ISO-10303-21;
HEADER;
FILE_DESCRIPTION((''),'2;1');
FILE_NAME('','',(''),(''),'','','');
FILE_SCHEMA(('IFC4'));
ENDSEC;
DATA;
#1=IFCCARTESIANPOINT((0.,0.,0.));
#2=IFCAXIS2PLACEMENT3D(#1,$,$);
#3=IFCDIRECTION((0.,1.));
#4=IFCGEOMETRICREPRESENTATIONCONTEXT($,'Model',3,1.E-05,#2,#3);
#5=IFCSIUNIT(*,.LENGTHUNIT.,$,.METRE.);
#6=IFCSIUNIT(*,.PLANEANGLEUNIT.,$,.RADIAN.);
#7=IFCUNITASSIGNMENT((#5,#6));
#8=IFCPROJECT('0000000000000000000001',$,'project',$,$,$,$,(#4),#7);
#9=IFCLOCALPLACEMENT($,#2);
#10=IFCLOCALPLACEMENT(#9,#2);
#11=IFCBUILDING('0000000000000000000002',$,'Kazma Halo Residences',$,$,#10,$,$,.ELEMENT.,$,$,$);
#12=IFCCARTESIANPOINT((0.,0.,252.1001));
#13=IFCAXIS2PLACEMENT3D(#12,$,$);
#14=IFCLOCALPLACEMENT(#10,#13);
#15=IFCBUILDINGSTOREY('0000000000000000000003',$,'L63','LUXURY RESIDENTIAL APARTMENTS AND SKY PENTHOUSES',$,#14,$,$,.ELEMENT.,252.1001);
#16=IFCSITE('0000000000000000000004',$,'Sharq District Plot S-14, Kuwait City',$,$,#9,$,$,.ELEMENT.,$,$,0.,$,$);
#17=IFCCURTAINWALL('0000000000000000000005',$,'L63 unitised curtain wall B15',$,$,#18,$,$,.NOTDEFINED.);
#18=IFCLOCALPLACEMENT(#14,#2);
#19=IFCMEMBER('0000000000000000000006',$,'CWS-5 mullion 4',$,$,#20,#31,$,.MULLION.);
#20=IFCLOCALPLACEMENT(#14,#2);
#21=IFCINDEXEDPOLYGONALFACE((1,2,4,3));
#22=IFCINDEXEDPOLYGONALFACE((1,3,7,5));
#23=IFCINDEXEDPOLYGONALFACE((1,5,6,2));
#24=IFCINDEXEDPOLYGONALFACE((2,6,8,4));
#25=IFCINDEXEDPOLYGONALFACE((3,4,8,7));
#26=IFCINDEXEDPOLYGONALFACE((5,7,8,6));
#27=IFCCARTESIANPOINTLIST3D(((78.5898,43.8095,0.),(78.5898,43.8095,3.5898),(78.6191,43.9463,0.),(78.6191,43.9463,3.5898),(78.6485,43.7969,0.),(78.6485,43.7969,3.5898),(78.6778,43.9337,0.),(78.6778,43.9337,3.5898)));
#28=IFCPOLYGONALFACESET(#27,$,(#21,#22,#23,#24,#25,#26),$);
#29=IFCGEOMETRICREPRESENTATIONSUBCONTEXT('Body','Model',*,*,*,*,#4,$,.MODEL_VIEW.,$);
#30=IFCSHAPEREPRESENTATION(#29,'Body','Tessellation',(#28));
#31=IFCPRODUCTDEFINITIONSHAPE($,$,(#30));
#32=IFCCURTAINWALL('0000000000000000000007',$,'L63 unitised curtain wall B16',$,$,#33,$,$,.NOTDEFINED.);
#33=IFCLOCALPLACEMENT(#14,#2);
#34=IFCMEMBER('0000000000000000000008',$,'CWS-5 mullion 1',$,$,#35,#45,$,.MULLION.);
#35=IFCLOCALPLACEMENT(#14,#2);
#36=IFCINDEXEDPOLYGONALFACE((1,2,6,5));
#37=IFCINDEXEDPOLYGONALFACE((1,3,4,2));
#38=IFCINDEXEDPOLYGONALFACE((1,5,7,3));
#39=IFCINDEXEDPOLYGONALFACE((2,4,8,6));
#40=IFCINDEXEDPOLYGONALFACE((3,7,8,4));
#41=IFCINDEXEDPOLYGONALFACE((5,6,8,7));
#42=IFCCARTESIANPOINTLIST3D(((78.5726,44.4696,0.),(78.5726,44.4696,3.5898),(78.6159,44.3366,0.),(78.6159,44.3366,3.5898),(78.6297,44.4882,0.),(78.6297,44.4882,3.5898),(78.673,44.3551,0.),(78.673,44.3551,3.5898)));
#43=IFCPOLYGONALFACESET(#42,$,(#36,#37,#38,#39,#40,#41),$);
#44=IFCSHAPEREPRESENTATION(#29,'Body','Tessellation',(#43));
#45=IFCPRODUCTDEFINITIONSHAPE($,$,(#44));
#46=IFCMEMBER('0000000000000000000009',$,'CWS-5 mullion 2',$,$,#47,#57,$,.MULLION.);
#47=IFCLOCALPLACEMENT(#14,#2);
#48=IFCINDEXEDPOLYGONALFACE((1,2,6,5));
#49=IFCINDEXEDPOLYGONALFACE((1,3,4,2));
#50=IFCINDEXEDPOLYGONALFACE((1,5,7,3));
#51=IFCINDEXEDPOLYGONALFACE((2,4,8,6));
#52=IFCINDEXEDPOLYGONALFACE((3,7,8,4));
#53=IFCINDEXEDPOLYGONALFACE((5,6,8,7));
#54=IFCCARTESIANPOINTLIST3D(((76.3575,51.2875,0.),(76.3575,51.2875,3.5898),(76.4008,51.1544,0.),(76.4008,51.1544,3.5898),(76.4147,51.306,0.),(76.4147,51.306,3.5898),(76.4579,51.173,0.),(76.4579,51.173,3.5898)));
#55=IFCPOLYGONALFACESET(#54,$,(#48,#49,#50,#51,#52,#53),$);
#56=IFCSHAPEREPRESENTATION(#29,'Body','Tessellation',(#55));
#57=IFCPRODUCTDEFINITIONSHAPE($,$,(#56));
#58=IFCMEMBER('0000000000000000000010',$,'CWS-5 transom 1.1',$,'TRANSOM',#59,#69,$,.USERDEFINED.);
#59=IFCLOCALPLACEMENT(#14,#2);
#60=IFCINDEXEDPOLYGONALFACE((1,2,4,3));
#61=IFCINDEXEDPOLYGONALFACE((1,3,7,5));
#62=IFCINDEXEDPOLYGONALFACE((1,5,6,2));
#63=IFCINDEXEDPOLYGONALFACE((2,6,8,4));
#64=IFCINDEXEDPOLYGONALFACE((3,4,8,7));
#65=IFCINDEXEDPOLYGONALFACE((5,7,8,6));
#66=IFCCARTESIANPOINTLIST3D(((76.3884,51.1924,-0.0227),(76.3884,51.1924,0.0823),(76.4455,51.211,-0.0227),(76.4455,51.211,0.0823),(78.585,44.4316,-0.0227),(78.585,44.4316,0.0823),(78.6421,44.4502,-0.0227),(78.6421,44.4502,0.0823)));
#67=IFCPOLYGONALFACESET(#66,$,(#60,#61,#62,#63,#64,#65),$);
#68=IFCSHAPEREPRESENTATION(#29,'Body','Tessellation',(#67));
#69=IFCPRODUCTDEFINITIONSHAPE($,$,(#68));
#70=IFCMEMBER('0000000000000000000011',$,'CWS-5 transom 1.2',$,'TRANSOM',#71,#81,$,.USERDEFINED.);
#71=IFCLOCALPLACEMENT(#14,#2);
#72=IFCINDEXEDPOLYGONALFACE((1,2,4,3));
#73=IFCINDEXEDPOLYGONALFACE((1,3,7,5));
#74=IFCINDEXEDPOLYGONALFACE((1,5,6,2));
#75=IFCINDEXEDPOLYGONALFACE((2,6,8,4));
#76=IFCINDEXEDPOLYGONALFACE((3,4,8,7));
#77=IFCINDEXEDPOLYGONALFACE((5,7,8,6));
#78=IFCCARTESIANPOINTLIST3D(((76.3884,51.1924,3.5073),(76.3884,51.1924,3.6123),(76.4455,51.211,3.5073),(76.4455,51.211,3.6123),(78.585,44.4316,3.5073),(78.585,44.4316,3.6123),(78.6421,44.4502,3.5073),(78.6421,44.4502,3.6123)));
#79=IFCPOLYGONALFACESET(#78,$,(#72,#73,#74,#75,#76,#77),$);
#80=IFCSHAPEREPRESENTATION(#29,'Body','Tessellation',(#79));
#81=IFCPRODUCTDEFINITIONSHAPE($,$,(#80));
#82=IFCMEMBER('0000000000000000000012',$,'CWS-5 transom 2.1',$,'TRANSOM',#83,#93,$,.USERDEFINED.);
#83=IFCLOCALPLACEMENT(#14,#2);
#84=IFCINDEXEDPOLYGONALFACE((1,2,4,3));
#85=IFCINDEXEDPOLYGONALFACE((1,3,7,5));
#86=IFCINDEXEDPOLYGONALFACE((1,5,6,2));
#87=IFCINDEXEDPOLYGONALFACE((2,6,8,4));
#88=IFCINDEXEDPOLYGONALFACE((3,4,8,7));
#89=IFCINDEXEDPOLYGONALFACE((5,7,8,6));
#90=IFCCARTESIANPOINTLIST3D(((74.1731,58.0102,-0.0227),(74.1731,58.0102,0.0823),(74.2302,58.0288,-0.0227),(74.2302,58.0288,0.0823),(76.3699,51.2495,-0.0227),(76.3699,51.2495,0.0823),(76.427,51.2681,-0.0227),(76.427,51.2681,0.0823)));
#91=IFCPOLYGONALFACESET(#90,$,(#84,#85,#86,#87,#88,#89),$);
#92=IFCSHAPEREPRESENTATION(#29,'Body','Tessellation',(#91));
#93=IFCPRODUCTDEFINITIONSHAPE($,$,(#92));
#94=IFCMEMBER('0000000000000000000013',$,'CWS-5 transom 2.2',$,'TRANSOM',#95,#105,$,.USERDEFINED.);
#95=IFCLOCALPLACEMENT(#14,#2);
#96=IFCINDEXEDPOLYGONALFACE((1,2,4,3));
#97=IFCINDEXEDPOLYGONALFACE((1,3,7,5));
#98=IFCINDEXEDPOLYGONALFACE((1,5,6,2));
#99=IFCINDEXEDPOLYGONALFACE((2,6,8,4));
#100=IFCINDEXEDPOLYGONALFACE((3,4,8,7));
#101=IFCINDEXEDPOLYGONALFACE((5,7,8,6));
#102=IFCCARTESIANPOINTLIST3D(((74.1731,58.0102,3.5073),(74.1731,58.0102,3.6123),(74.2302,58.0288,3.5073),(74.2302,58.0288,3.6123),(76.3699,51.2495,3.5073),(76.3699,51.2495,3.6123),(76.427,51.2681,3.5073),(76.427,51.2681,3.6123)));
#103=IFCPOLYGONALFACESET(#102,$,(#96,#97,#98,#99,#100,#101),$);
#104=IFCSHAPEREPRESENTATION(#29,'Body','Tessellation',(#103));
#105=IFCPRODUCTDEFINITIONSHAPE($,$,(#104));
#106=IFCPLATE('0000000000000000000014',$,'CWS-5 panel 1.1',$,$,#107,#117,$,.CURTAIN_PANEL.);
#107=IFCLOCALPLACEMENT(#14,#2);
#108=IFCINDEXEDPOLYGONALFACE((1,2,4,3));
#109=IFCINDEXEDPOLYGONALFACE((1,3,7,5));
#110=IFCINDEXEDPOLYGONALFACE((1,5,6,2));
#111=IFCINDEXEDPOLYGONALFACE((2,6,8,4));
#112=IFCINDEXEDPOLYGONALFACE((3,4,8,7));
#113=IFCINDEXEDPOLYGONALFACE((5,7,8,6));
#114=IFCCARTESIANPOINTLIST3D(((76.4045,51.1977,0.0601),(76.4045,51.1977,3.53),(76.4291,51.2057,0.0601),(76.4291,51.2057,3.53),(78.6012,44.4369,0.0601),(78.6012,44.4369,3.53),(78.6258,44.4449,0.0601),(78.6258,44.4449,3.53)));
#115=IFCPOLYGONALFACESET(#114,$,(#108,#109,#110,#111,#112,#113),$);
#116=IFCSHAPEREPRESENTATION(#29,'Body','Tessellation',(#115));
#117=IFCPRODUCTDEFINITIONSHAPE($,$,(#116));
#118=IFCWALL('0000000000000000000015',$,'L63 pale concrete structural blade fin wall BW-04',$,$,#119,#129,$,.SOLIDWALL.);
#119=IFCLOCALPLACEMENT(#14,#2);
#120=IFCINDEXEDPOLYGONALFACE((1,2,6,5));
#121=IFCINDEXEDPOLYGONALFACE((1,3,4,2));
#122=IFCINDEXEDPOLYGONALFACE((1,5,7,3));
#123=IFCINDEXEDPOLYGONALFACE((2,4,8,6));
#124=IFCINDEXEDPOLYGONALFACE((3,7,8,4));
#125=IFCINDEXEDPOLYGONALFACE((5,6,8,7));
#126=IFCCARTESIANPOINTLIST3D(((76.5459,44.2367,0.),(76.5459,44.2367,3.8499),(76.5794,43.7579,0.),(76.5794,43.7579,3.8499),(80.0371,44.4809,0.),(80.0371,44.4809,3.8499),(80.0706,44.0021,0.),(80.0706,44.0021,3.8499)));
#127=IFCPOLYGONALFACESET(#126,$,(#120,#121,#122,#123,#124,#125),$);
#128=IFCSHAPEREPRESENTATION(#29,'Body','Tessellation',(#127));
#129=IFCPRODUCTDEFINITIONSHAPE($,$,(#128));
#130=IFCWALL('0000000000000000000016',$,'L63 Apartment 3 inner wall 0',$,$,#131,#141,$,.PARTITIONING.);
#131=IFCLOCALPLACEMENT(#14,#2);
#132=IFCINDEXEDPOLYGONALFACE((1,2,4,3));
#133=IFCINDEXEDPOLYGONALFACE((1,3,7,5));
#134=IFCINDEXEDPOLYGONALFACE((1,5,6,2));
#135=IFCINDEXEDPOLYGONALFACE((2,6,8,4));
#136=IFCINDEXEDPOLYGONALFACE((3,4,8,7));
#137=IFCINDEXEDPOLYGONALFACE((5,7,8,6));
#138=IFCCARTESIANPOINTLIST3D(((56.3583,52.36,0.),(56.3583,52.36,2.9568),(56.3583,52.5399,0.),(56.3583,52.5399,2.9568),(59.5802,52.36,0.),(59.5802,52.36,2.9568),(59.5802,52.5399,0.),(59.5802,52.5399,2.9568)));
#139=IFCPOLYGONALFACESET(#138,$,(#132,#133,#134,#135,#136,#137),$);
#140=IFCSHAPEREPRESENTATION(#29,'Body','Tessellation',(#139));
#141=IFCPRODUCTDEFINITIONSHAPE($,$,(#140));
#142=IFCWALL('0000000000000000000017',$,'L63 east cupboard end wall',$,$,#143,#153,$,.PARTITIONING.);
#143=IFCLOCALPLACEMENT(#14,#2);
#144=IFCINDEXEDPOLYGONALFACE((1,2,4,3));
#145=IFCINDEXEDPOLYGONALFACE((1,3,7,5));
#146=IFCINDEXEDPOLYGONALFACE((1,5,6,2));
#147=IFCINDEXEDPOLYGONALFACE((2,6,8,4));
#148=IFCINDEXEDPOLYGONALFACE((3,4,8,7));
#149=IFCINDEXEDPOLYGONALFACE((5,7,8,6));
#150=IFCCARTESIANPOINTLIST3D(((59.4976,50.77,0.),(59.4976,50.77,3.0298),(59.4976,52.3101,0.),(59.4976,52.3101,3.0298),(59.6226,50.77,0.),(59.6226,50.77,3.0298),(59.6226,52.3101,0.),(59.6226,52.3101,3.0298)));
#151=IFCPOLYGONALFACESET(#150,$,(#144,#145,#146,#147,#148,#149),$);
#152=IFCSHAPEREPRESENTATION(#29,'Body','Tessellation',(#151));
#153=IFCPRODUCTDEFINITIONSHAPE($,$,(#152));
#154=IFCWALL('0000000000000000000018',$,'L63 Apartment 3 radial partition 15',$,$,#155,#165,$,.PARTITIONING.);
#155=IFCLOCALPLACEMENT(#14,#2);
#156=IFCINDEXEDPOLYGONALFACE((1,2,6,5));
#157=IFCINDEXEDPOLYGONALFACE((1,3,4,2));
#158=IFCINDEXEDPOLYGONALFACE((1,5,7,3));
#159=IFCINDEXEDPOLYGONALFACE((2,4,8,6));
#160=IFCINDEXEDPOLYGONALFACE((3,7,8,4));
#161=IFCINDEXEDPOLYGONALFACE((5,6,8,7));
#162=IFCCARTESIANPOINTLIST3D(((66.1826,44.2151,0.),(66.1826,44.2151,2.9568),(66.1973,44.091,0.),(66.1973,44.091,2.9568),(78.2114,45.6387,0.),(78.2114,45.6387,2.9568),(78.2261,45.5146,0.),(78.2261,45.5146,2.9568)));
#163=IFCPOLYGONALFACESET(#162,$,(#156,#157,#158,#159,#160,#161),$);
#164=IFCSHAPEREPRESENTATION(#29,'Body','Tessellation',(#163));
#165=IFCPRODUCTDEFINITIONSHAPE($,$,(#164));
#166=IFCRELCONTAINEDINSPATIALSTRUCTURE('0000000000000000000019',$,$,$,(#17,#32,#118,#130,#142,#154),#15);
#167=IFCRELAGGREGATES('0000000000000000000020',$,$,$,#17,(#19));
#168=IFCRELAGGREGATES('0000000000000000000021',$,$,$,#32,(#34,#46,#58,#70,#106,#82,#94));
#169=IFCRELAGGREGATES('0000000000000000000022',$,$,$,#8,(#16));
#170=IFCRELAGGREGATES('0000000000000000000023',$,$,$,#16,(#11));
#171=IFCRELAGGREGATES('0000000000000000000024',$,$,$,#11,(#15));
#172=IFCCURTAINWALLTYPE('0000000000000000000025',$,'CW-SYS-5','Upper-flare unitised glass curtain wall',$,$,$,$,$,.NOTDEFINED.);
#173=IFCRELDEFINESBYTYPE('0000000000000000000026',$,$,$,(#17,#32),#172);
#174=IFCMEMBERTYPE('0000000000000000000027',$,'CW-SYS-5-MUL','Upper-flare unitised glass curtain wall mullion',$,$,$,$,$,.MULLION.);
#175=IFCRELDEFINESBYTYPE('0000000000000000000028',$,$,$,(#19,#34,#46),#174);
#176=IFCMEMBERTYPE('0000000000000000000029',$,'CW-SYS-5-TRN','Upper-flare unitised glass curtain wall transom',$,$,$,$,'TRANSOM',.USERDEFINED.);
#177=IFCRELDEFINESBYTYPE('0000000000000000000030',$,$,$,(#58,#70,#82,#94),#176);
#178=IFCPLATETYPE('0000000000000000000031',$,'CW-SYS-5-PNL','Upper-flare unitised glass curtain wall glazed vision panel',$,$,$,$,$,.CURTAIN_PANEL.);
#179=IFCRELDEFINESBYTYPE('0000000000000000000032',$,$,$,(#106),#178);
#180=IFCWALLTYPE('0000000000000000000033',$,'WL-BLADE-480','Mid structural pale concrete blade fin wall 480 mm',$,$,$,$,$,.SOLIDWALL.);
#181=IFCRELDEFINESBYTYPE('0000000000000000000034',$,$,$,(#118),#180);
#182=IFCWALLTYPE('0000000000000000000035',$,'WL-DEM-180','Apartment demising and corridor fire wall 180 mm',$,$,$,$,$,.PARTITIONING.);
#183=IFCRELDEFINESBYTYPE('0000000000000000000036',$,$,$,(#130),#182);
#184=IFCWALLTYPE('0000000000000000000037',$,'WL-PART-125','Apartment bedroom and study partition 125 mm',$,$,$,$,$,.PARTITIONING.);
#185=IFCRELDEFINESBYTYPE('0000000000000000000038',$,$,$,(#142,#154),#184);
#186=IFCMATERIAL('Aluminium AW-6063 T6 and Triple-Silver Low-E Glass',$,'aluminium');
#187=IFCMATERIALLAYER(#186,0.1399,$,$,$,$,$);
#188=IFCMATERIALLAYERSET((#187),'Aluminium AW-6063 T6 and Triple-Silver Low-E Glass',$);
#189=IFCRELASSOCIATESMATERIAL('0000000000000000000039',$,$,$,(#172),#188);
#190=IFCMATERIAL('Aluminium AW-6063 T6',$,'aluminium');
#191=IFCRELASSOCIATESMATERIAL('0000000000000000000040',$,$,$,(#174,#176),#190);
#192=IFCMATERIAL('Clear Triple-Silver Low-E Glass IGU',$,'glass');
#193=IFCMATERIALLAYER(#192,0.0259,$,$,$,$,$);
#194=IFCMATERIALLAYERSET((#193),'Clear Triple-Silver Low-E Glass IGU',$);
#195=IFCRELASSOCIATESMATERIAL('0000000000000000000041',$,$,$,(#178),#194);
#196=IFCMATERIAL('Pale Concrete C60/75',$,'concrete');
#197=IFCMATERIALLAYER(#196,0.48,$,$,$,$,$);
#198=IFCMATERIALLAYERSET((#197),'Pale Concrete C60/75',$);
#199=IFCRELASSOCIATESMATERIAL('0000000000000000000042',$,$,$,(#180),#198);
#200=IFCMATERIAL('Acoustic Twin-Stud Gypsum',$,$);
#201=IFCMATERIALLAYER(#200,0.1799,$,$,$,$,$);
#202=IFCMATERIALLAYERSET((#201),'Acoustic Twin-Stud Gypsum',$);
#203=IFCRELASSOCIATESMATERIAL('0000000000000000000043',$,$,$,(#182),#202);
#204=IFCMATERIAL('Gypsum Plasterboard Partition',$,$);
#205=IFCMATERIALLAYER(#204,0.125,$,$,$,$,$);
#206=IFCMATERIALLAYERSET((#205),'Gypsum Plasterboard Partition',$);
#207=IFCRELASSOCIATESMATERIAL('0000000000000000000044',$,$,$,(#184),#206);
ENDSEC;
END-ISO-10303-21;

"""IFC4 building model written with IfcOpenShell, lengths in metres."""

from ifc_helpers import new_model, si_unit, direction, frame, frame_2d, origin, origin_2d, place, context, subcontext, project, spatial, rectangle, extrude, material, layer, layer_set, material_profile, profile_set, type_object, element, aggregate, save


model = new_model("IFC4")

# Units and contexts
model_context = context("Model", 3, precision=1e-05, world=origin(), true_north=direction((0.0, 1.0)))
body_context = subcontext(model_context, "Body", "Model", "MODEL_VIEW")
ifc_project = project(units=[si_unit("LENGTHUNIT", "METRE"), si_unit("PLANEANGLEUNIT", "RADIAN")], contexts=[model_context])

# Site, building, storey
site_placement = place(None, origin())
site = spatial("IfcSite", under=ifc_project, at=site_placement, Name="Sharq District Plot S-14, Kuwait City", CompositionType="ELEMENT", RefElevation=0.0)
building_placement = place(site_placement, origin())
building = spatial("IfcBuilding", under=site, at=building_placement, Name="Kazma Halo Residences", CompositionType="ELEMENT")
storey_placement = place(building_placement, frame((0.0, 0.0, 252.1001)))
storey = spatial("IfcBuildingStorey", under=building, at=storey_placement, Name="L63", Description="LUXURY RESIDENTIAL APARTMENTS AND SKY PENTHOUSES", CompositionType="ELEMENT", Elevation=252.1001)

# Curtain wall, member
ifc_material_1 = material(Name="Aluminium AW-6063 T6 and Triple-Silver Low-E Glass", Category="aluminium")
ifc_layer_1 = layer(ifc_material_1, 0.1399)
ifc_layer_set_1 = layer_set([ifc_layer_1], Name="Aluminium AW-6063 T6 and Triple-Silver Low-E Glass")
curtain_wall_type = type_object("IfcCurtainWallType", Name="CW-SYS-5", Description="Upper-flare unitised glass curtain wall", PredefinedType="NOTDEFINED", material=ifc_layer_set_1)
curtain_wall_1_placement = place(storey_placement, origin())
curtain_wall_1 = element("IfcCurtainWall", 1, at=curtain_wall_1_placement, inside=storey, type_object=curtain_wall_type, Name="L63 unitised curtain wall B15", PredefinedType="NOTDEFINED")
ifc_material_2 = material(Name="Aluminium AW-6063 T6", Category="aluminium")
ifc_material_profile_1 = material_profile(ifc_material_2, rectangle(XDim=0.0601, YDim=0.1399, at=origin_2d()), Name="CWM-60x140")
ifc_profile_set_1 = profile_set([ifc_material_profile_1], Name="Aluminium AW-6063 T6")
member_type_1 = type_object("IfcMemberType", Name="CW-SYS-5-MUL", Description="Upper-flare unitised glass curtain wall mullion", PredefinedType="MULLION", material=ifc_profile_set_1)
member_1_placement = place(storey_placement, frame((78.6338, 43.8716, 0.0), z_axis=(0.0, 0.0, 1.0), x_axis=(-0.977775, 0.209657, 0.0)))
member_1 = element("IfcMember", 2, at=member_1_placement, type_object=member_type_1, Name="CWS-5 mullion 4", PredefinedType="MULLION", context=body_context, shape_type="SweptSolid", body=[
    extrude(rectangle(XDim=0.0601, YDim=0.1399, at=origin_2d()), origin(), (0.0, 0.0, 1.0), 3.5898),
])
aggregate(curtain_wall_1, [member_1])

# Curtain wall, members, plate
curtain_wall_2_placement = place(storey_placement, origin())
curtain_wall_2 = element("IfcCurtainWall", 3, at=curtain_wall_2_placement, inside=storey, type_object=curtain_wall_type, Name="L63 unitised curtain wall B16", PredefinedType="NOTDEFINED")
member_2_placement = place(storey_placement, frame((78.6228, 44.4124, 0.0), z_axis=(0.0, 0.0, 1.0), x_axis=(-0.951058, -0.309011, 0.0)))
member_2 = element("IfcMember", 4, at=member_2_placement, type_object=member_type_1, Name="CWS-5 mullion 1", PredefinedType="MULLION", context=body_context, shape_type="SweptSolid", body=[
    extrude(rectangle(XDim=0.0601, YDim=0.1399, at=origin_2d()), origin(), (0.0, 0.0, 1.0), 3.5898),
])
member_3_placement = place(storey_placement, frame((76.4077, 51.2302, 0.0), z_axis=(0.0, 0.0, 1.0), x_axis=(-0.951058, -0.309011, 0.0)))
member_3 = element("IfcMember", 5, at=member_3_placement, type_object=member_type_1, Name="CWS-5 mullion 2", PredefinedType="MULLION", context=body_context, shape_type="SweptSolid", body=[
    extrude(rectangle(XDim=0.0601, YDim=0.1399, at=origin_2d()), origin(), (0.0, 0.0, 1.0), 3.5898),
])
ifc_material_profile_2 = material_profile(ifc_material_2, rectangle(XDim=0.0601, YDim=0.105, at=origin_2d()), Name="CWT-60x105")
ifc_profile_set_2 = profile_set([ifc_material_profile_2], Name="Aluminium AW-6063 T6")
member_type_2 = type_object("IfcMemberType", Name="CW-SYS-5-TRN", Description="Upper-flare unitised glass curtain wall transom", ElementType="TRANSOM", PredefinedType="USERDEFINED", material=ifc_profile_set_2)
member_4_placement = place(storey_placement, frame((78.6135, 44.4409, 0.0298), z_axis=(-0.308996, 0.951063, 0.0), x_axis=(-0.951063, -0.308996, 0.0)))
member_4 = element("IfcMember", 6, at=member_4_placement, type_object=member_type_2, Name="CWS-5 transom 1.1", ObjectType="TRANSOM", PredefinedType="USERDEFINED", context=body_context, shape_type="SweptSolid", body=[
    extrude(rectangle(XDim=0.0601, YDim=0.105, at=origin_2d()), origin(), (0.0, 0.0, 1.0), 7.1086),
])
member_5_placement = place(storey_placement, frame((78.6135, 44.4409, 3.5598), z_axis=(-0.308996, 0.951063, 0.0), x_axis=(-0.951063, -0.308996, 0.0)))
member_5 = element("IfcMember", 7, at=member_5_placement, type_object=member_type_2, Name="CWS-5 transom 1.2", ObjectType="TRANSOM", PredefinedType="USERDEFINED", context=body_context, shape_type="SweptSolid", body=[
    extrude(rectangle(XDim=0.0601, YDim=0.105, at=origin_2d()), origin(), (0.0, 0.0, 1.0), 7.1086),
])
member_6_placement = place(storey_placement, frame((76.3984, 51.2588, 0.0298), z_axis=(-0.309027, 0.951053, 0.0), x_axis=(-0.951053, -0.309027, 0.0)))
member_6 = element("IfcMember", 8, at=member_6_placement, type_object=member_type_2, Name="CWS-5 transom 2.1", ObjectType="TRANSOM", PredefinedType="USERDEFINED", context=body_context, shape_type="SweptSolid", body=[
    extrude(rectangle(XDim=0.0601, YDim=0.105, at=origin_2d()), origin(), (0.0, 0.0, 1.0), 7.1086),
])
member_7_placement = place(storey_placement, frame((76.3984, 51.2588, 3.5598), z_axis=(-0.309027, 0.951053, 0.0), x_axis=(-0.951053, -0.309027, 0.0)))
member_7 = element("IfcMember", 9, at=member_7_placement, type_object=member_type_2, Name="CWS-5 transom 2.2", ObjectType="TRANSOM", PredefinedType="USERDEFINED", context=body_context, shape_type="SweptSolid", body=[
    extrude(rectangle(XDim=0.0601, YDim=0.105, at=origin_2d()), origin(), (0.0, 0.0, 1.0), 7.1086),
])
ifc_material_3 = material(Name="Clear Triple-Silver Low-E Glass IGU", Category="glass")
ifc_layer_2 = layer(ifc_material_3, 0.0259)
ifc_layer_set_2 = layer_set([ifc_layer_2], Name="Clear Triple-Silver Low-E Glass IGU")
plate_type = type_object("IfcPlateType", Name="CW-SYS-5-PNL", Description="Upper-flare unitised glass curtain wall glazed vision panel", PredefinedType="CURTAIN_PANEL", material=ifc_layer_set_2)
plate_placement = place(storey_placement, frame((77.5151, 47.8213, 0.0601), z_axis=(0.0, 0.0, 1.0), x_axis=(-0.309011, 0.951058, 0.0)))
plate = element("IfcPlate", 10, at=plate_placement, type_object=plate_type, Name="CWS-5 panel 1.1", PredefinedType="CURTAIN_PANEL", context=body_context, shape_type="SweptSolid", body=[
    extrude(rectangle(XDim=7.1086, YDim=0.0259, at=origin_2d()), origin(), (0.0, 0.0, 1.0), 3.47),
])
aggregate(curtain_wall_2, [member_2, member_3, member_4, member_5, plate, member_6, member_7])

# Walls
ifc_material_4 = material(Name="Pale Concrete C60/75", Category="concrete")
ifc_layer_3 = layer(ifc_material_4, 0.48)
ifc_layer_set_3 = layer_set([ifc_layer_3], Name="Pale Concrete C60/75")
wall_type_1 = type_object("IfcWallType", Name="WL-BLADE-480", Description="Mid structural pale concrete blade fin wall 480 mm", PredefinedType="SOLIDWALL", material=ifc_layer_set_3)
wall_1_placement = place(storey_placement, frame((76.5625, 43.9973, 0.0), z_axis=(0.0, 0.0, 1.0), x_axis=(0.997564, 0.06976, 0.0)))
element("IfcWall", 11, at=wall_1_placement, inside=storey, type_object=wall_type_1, Name="L63 pale concrete structural blade fin wall BW-04", PredefinedType="SOLIDWALL", context=body_context, shape_type="SweptSolid", body=[
    extrude(rectangle(XDim=3.4998, YDim=0.48, at=frame_2d((1.75, 0.0))), origin(), (0.0, 0.0, 1.0), 3.8499),
])
ifc_material_5 = material(Name="Acoustic Twin-Stud Gypsum")
ifc_layer_4 = layer(ifc_material_5, 0.1799)
ifc_layer_set_4 = layer_set([ifc_layer_4], Name="Acoustic Twin-Stud Gypsum")
wall_type_2 = type_object("IfcWallType", Name="WL-DEM-180", Description="Apartment demising and corridor fire wall 180 mm", PredefinedType="PARTITIONING", material=ifc_layer_set_4)
wall_2_placement = place(storey_placement, frame((59.5801, 52.45, 0.0), z_axis=(0.0, 0.0, 1.0), x_axis=(-1.0, 0.0, 0.0)))
element("IfcWall", 12, at=wall_2_placement, inside=storey, type_object=wall_type_2, Name="L63 Apartment 3 inner wall 0", PredefinedType="PARTITIONING", context=body_context, shape_type="SweptSolid", body=[
    extrude(rectangle(XDim=3.2219, YDim=0.1799, at=frame_2d((1.6108, 0.0))), origin(), (0.0, 0.0, 1.0), 2.9568),
])
ifc_material_6 = material(Name="Gypsum Plasterboard Partition")
ifc_layer_5 = layer(ifc_material_6, 0.125)
ifc_layer_set_5 = layer_set([ifc_layer_5], Name="Gypsum Plasterboard Partition")
wall_type_3 = type_object("IfcWallType", Name="WL-PART-125", Description="Apartment bedroom and study partition 125 mm", PredefinedType="PARTITIONING", material=ifc_layer_set_5)
wall_3_placement = place(storey_placement, frame((59.5601, 50.77, 0.0), z_axis=(0.0, 0.0, 1.0), x_axis=(0.0, 1.0, 0.0)))
element("IfcWall", 13, at=wall_3_placement, inside=storey, type_object=wall_type_3, Name="L63 east cupboard end wall", PredefinedType="PARTITIONING", context=body_context, shape_type="SweptSolid", body=[
    extrude(rectangle(XDim=1.54, YDim=0.125, at=frame_2d((0.77, 0.0))), origin(), (0.0, 0.0, 1.0), 3.0298),
])
wall_4_placement = place(storey_placement, frame((66.1899, 44.1531, 0.0), z_axis=(0.0, 0.0, 1.0), x_axis=(0.99307, 0.117528, 0.0)))
element("IfcWall", 14, at=wall_4_placement, inside=storey, type_object=wall_type_3, Name="L63 Apartment 3 radial partition 15", PredefinedType="PARTITIONING", context=body_context, shape_type="SweptSolid", body=[
    extrude(rectangle(XDim=12.1128, YDim=0.125, at=frame_2d((6.0564, 0.0))), origin(), (0.0, 0.0, 1.0), 2.9568),
])

save(model, "model.ifc")
